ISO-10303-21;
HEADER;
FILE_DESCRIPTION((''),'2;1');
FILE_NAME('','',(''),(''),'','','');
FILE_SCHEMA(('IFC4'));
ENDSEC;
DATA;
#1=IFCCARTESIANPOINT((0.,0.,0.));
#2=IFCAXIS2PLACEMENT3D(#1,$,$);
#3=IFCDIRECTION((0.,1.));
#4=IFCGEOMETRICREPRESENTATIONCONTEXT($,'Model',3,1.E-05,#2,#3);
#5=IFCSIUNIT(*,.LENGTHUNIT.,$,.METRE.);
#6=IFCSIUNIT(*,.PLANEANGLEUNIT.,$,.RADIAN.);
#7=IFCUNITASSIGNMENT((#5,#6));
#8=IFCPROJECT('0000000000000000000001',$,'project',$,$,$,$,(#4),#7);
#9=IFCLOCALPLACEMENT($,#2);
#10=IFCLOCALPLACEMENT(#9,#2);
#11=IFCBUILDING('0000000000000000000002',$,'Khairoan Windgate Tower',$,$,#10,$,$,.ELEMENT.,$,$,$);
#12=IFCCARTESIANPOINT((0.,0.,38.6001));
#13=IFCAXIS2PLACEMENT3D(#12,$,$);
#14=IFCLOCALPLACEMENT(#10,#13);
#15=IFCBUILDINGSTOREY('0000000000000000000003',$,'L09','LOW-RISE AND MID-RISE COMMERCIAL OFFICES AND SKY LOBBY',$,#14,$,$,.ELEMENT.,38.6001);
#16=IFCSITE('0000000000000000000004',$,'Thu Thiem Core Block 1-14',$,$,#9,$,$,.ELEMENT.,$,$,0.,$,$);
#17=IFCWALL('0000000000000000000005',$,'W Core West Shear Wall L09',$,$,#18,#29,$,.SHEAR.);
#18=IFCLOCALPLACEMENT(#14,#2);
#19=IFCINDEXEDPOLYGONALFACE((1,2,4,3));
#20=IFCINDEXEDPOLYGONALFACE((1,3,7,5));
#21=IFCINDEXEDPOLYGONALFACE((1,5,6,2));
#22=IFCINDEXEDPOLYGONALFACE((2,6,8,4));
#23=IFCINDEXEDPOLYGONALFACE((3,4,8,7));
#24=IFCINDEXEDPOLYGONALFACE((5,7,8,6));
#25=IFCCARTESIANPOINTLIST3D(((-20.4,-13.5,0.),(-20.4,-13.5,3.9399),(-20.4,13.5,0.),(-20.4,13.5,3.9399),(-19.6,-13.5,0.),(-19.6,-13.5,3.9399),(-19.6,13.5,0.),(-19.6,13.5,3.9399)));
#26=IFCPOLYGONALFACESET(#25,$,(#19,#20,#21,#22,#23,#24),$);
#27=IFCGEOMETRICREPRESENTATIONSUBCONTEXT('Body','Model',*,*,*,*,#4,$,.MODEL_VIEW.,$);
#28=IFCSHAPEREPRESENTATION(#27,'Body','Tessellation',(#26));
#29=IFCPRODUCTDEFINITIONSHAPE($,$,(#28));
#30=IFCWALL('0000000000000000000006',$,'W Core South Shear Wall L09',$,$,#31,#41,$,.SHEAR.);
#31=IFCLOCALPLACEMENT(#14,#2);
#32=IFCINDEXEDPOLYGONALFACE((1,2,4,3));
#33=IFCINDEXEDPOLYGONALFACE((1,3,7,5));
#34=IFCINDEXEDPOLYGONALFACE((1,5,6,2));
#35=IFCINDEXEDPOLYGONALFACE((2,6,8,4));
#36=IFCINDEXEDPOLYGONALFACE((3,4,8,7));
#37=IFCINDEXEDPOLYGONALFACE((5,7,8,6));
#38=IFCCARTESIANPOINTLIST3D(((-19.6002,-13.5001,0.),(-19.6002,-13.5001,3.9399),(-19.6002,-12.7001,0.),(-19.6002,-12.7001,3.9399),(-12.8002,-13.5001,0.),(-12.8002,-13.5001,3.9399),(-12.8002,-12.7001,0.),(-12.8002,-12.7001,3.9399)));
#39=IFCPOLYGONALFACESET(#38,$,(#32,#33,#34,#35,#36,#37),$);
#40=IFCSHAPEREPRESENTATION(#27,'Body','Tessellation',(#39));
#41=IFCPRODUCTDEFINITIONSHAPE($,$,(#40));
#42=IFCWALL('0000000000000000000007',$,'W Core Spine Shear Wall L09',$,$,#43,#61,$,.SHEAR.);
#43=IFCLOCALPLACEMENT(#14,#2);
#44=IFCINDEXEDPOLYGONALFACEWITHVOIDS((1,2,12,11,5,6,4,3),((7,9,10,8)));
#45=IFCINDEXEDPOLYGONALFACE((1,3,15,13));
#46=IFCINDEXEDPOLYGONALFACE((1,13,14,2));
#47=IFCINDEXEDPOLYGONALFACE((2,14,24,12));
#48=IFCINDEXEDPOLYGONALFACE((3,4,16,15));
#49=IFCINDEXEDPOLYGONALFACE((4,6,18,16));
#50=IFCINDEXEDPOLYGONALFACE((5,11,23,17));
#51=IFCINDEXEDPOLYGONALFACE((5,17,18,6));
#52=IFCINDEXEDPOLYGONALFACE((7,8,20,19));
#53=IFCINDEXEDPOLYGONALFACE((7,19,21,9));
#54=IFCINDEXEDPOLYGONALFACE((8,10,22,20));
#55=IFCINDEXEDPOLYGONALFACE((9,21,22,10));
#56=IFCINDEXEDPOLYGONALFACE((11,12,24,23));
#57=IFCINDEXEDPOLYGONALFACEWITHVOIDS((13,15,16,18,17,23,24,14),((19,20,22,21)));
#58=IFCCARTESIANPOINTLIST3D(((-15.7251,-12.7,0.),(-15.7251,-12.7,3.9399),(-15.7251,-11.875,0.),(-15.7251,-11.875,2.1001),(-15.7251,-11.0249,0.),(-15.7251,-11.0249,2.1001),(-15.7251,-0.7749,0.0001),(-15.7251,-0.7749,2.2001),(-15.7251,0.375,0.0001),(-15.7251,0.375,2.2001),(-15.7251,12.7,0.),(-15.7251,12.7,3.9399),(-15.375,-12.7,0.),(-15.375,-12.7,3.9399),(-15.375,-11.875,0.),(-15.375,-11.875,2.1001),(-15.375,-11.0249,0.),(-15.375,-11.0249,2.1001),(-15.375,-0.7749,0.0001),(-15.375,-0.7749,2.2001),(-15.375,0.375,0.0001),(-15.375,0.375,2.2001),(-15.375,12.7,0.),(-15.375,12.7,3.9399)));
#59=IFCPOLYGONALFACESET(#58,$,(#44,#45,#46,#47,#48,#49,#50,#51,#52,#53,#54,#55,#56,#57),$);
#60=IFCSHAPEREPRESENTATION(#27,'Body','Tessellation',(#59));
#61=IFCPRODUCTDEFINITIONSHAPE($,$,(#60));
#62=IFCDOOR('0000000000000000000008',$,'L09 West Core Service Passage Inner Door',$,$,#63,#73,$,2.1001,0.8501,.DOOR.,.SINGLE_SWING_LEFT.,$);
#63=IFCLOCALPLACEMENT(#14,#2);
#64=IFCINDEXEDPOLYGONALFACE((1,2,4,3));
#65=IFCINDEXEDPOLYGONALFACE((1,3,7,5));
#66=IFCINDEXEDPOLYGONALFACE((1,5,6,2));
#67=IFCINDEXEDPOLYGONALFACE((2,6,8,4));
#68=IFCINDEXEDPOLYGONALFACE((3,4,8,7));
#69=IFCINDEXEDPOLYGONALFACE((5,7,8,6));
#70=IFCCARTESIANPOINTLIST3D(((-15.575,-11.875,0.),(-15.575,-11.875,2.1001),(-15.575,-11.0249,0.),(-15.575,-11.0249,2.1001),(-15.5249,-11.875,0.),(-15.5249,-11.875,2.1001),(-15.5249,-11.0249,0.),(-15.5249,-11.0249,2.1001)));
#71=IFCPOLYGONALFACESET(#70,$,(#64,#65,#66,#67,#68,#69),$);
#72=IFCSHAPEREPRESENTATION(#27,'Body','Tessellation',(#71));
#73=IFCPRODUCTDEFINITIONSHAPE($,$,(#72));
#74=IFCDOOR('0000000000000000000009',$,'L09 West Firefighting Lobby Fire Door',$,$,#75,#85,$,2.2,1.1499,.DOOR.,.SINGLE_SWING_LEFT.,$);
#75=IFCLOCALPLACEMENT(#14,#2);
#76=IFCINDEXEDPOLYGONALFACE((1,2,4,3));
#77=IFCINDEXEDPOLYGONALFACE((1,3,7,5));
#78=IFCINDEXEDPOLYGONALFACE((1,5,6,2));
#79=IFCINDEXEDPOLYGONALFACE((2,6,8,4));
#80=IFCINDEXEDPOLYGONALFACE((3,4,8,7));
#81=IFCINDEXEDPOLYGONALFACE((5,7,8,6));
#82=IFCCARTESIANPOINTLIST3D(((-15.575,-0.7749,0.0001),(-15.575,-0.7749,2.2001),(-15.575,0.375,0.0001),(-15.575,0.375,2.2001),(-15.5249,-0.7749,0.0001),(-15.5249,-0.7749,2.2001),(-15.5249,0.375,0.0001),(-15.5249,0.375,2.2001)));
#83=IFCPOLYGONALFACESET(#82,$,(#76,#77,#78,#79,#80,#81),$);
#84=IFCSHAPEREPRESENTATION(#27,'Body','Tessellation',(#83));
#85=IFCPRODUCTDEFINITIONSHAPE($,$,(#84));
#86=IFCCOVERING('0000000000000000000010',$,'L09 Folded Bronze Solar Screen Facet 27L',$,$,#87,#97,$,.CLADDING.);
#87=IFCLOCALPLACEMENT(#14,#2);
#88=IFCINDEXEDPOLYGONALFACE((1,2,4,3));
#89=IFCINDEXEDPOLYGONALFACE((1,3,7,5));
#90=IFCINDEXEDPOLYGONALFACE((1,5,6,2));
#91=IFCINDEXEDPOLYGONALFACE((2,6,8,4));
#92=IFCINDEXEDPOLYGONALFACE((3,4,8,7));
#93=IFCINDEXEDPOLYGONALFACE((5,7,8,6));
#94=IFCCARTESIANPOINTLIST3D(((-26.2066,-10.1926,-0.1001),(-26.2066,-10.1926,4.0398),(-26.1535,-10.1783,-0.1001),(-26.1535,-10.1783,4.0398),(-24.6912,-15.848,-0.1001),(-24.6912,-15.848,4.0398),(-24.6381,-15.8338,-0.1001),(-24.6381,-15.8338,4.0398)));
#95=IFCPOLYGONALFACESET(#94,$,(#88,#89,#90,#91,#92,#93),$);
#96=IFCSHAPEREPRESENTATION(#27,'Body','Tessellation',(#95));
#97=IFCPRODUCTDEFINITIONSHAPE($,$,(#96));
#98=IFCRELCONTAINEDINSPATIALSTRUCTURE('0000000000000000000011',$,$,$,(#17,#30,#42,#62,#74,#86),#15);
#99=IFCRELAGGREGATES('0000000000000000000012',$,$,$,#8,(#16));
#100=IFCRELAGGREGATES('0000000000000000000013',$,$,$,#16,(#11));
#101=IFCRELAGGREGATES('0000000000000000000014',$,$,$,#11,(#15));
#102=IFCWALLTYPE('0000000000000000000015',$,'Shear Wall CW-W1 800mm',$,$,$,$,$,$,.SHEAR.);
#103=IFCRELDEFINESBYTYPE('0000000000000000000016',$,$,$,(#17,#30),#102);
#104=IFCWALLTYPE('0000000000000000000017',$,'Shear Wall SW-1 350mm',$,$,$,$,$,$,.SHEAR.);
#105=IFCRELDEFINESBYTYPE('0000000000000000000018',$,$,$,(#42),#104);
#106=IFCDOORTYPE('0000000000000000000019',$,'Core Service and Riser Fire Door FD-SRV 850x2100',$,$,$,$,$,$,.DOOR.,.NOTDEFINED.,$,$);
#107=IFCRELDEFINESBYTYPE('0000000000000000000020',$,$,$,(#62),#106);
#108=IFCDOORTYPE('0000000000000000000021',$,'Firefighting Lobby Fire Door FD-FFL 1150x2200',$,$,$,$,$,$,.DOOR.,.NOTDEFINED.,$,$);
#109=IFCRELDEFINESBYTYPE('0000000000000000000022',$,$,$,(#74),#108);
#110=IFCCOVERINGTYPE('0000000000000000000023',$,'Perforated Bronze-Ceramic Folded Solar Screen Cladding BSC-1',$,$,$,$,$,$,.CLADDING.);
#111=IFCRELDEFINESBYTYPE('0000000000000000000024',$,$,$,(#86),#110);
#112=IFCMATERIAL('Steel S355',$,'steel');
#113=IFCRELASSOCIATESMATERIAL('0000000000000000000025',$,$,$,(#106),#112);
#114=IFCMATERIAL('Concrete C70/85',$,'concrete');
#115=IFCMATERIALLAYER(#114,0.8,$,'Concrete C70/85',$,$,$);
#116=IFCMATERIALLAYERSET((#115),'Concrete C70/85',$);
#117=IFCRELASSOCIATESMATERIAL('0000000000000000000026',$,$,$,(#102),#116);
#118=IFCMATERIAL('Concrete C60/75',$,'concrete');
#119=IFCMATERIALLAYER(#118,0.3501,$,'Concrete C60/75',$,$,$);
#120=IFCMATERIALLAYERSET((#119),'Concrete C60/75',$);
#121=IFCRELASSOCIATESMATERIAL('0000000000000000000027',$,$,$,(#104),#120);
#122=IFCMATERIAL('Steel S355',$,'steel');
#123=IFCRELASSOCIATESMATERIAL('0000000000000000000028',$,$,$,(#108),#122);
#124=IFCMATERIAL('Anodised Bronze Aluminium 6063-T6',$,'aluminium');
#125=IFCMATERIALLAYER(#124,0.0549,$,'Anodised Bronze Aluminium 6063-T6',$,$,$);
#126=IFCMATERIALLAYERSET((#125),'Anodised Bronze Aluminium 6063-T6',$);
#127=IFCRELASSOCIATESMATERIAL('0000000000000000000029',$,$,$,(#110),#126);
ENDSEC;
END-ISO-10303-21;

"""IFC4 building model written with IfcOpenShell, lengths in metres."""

from ifc_helpers import new_model, si_unit, direction, frame, frame_2d, origin, origin_2d, place, context, subcontext, project, spatial, rectangle, extrude, material, layer, layer_set, type_object, element, fill, save


model = new_model("IFC4")

# Units and contexts
model_context = context("Model", 3, precision=1e-05, world=origin(), true_north=direction((0.0, 1.0)))
body_context = subcontext(model_context, "Body", "Model", "MODEL_VIEW")
ifc_project = project(units=[si_unit("LENGTHUNIT", "METRE"), si_unit("PLANEANGLEUNIT", "RADIAN")], contexts=[model_context])

# Site, building, storey
site_placement = place(None, origin())
site = spatial("IfcSite", under=ifc_project, at=site_placement, Name="Thu Thiem Core Block 1-14", CompositionType="ELEMENT", RefElevation=0.0)
building_placement = place(site_placement, origin())
building = spatial("IfcBuilding", under=site, at=building_placement, Name="Khairoan Windgate Tower", CompositionType="ELEMENT")
storey_placement = place(building_placement, frame((0.0, 0.0, 38.6001)))
storey = spatial("IfcBuildingStorey", under=building, at=storey_placement, Name="L09", Description="LOW-RISE AND MID-RISE COMMERCIAL OFFICES AND SKY LOBBY", CompositionType="ELEMENT", Elevation=38.6001)

# Shared definitions
ifc_material_1 = material(Name="Steel S355", Category="steel")
door_type_1 = type_object("IfcDoorType", Name="Core Service and Riser Fire Door FD-SRV 850x2100", OperationType="NOTDEFINED", PredefinedType="DOOR", material=ifc_material_1)

# Walls
ifc_material_2 = material(Name="Concrete C70/85", Category="concrete")
ifc_layer_1 = layer(ifc_material_2, 0.8, Name="Concrete C70/85")
ifc_layer_set_1 = layer_set([ifc_layer_1], Name="Concrete C70/85")
wall_type_1 = type_object("IfcWallType", Name="Shear Wall CW-W1 800mm", PredefinedType="SHEAR", material=ifc_layer_set_1)
wall_1_placement = place(storey_placement, frame((-20.0, -13.5, 0.0), z_axis=(0.0, 0.0, 1.0), x_axis=(0.0, 1.0, 0.0)))
element("IfcWall", 1, at=wall_1_placement, inside=storey, type_object=wall_type_1, Name="W Core West Shear Wall L09", PredefinedType="SHEAR", context=body_context, shape_type="SweptSolid", body=[
    extrude(rectangle(XDim=27.0, YDim=0.8, at=frame_2d((13.5, 0.0))), origin(), (0.0, 0.0, 1.0), 3.9399),
])
wall_2_placement = place(storey_placement, frame((-19.6001, -13.1001, 0.0), z_axis=(0.0, 0.0, 1.0), x_axis=(1.0, 0.0, 0.0)))
element("IfcWall", 2, at=wall_2_placement, inside=storey, type_object=wall_type_1, Name="W Core South Shear Wall L09", PredefinedType="SHEAR", context=body_context, shape_type="SweptSolid", body=[
    extrude(rectangle(XDim=6.8, YDim=0.8, at=frame_2d((3.3999, 0.0))), origin(), (0.0, 0.0, 1.0), 3.9399),
])

# Wall, openings, doors
ifc_material_3 = material(Name="Concrete C60/75", Category="concrete")
ifc_layer_2 = layer(ifc_material_3, 0.3501, Name="Concrete C60/75")
ifc_layer_set_2 = layer_set([ifc_layer_2], Name="Concrete C60/75")
wall_type_2 = type_object("IfcWallType", Name="Shear Wall SW-1 350mm", PredefinedType="SHEAR", material=ifc_layer_set_2)
wall_3_placement = place(storey_placement, frame((-15.55, -12.7, 0.0), z_axis=(0.0, 0.0, 1.0), x_axis=(0.0, 1.0, 0.0)))
wall_3 = element("IfcWall", 3, at=wall_3_placement, inside=storey, type_object=wall_type_2, Name="W Core Spine Shear Wall L09", PredefinedType="SHEAR", context=body_context, shape_type="SweptSolid", body=[
    extrude(rectangle(XDim=25.3999, YDim=0.3501, at=frame_2d((12.7, 0.0))), origin(), (0.0, 0.0, 1.0), 3.9399),
])
opening_1_placement = place(wall_3_placement, frame((11.925, 0.0, 0.0)))
opening_1 = element("IfcOpeningElement", 4, at=opening_1_placement, cuts=wall_3, PredefinedType="OPENING", context=body_context, shape_type="SweptSolid", body=[
    extrude(rectangle(XDim=1.1499, YDim=2.2, at=frame_2d((0.575, 1.1001))), frame((0.0, 0.1851, 0.0), z_axis=(0.0, -1.0, 0.0), x_axis=(1.0, 0.0, 0.0)), (0.0, 0.0, 1.0), 0.3701),
])
opening_2_placement = place(wall_3_placement, frame((0.825, 0.0, 0.0)))
opening_2 = element("IfcOpeningElement", 5, at=opening_2_placement, cuts=wall_3, PredefinedType="OPENING", context=body_context, shape_type="SweptSolid", body=[
    extrude(rectangle(XDim=0.8501, YDim=2.1001, at=frame_2d((0.425, 1.05))), frame((0.0, 0.1851, 0.0), z_axis=(0.0, -1.0, 0.0), x_axis=(1.0, 0.0, 0.0)), (0.0, 0.0, 1.0), 0.3701),
])
door_1_placement = place(opening_2_placement, origin())
door_1 = element("IfcDoor", 6, at=door_1_placement, inside=storey, type_object=door_type_1, Name="L09 West Core Service Passage Inner Door", OperationType="SINGLE_SWING_LEFT", OverallHeight=2.1001, OverallWidth=0.8501, PredefinedType="DOOR", context=body_context, shape_type="SweptSolid", body=[
    extrude(rectangle(XDim=0.8501, YDim=2.1001, at=frame_2d((0.425, 1.05))), frame((0.0, 0.0249, 0.0), z_axis=(0.0, -1.0, 0.0), x_axis=(1.0, 0.0, 0.0)), (0.0, 0.0, 1.0), 0.05),
])
fill(opening_2, door_1)
ifc_material_4 = material(Name="Steel S355", Category="steel")
door_type_2 = type_object("IfcDoorType", Name="Firefighting Lobby Fire Door FD-FFL 1150x2200", OperationType="NOTDEFINED", PredefinedType="DOOR", material=ifc_material_4)
door_2_placement = place(opening_1_placement, origin())
door_2 = element("IfcDoor", 7, at=door_2_placement, inside=storey, type_object=door_type_2, Name="L09 West Firefighting Lobby Fire Door", OperationType="SINGLE_SWING_LEFT", OverallHeight=2.2, OverallWidth=1.1499, PredefinedType="DOOR", context=body_context, shape_type="SweptSolid", body=[
    extrude(rectangle(XDim=1.1499, YDim=2.2, at=frame_2d((0.575, 1.1001))), frame((0.0, 0.0249, 0.0), z_axis=(0.0, -1.0, 0.0), x_axis=(1.0, 0.0, 0.0)), (0.0, 0.0, 1.0), 0.05),
])
fill(opening_1, door_2)

# Covering
ifc_material_5 = material(Name="Anodised Bronze Aluminium 6063-T6", Category="aluminium")
ifc_layer_3 = layer(ifc_material_5, 0.0549, Name="Anodised Bronze Aluminium 6063-T6")
ifc_layer_set_3 = layer_set([ifc_layer_3], Name="Anodised Bronze Aluminium 6063-T6")
covering_type = type_object("IfcCoveringType", Name="Perforated Bronze-Ceramic Folded Solar Screen Cladding BSC-1", PredefinedType="CLADDING", material=ifc_layer_set_3)
covering_placement = place(storey_placement, frame((-25.4224, -13.0132, -0.1001), z_axis=(0.0, 0.0, 1.0), x_axis=(-0.258819, 0.965926, 0.0)))
element("IfcCovering", 8, at=covering_placement, inside=storey, type_object=covering_type, Name="L09 Folded Bronze Solar Screen Facet 27L", PredefinedType="CLADDING", context=body_context, shape_type="SweptSolid", body=[
    extrude(rectangle(XDim=5.855, YDim=0.0549, at=origin_2d()), origin(), (0.0, 0.0, 1.0), 4.1399),
])

save(model, "model.ifc")
